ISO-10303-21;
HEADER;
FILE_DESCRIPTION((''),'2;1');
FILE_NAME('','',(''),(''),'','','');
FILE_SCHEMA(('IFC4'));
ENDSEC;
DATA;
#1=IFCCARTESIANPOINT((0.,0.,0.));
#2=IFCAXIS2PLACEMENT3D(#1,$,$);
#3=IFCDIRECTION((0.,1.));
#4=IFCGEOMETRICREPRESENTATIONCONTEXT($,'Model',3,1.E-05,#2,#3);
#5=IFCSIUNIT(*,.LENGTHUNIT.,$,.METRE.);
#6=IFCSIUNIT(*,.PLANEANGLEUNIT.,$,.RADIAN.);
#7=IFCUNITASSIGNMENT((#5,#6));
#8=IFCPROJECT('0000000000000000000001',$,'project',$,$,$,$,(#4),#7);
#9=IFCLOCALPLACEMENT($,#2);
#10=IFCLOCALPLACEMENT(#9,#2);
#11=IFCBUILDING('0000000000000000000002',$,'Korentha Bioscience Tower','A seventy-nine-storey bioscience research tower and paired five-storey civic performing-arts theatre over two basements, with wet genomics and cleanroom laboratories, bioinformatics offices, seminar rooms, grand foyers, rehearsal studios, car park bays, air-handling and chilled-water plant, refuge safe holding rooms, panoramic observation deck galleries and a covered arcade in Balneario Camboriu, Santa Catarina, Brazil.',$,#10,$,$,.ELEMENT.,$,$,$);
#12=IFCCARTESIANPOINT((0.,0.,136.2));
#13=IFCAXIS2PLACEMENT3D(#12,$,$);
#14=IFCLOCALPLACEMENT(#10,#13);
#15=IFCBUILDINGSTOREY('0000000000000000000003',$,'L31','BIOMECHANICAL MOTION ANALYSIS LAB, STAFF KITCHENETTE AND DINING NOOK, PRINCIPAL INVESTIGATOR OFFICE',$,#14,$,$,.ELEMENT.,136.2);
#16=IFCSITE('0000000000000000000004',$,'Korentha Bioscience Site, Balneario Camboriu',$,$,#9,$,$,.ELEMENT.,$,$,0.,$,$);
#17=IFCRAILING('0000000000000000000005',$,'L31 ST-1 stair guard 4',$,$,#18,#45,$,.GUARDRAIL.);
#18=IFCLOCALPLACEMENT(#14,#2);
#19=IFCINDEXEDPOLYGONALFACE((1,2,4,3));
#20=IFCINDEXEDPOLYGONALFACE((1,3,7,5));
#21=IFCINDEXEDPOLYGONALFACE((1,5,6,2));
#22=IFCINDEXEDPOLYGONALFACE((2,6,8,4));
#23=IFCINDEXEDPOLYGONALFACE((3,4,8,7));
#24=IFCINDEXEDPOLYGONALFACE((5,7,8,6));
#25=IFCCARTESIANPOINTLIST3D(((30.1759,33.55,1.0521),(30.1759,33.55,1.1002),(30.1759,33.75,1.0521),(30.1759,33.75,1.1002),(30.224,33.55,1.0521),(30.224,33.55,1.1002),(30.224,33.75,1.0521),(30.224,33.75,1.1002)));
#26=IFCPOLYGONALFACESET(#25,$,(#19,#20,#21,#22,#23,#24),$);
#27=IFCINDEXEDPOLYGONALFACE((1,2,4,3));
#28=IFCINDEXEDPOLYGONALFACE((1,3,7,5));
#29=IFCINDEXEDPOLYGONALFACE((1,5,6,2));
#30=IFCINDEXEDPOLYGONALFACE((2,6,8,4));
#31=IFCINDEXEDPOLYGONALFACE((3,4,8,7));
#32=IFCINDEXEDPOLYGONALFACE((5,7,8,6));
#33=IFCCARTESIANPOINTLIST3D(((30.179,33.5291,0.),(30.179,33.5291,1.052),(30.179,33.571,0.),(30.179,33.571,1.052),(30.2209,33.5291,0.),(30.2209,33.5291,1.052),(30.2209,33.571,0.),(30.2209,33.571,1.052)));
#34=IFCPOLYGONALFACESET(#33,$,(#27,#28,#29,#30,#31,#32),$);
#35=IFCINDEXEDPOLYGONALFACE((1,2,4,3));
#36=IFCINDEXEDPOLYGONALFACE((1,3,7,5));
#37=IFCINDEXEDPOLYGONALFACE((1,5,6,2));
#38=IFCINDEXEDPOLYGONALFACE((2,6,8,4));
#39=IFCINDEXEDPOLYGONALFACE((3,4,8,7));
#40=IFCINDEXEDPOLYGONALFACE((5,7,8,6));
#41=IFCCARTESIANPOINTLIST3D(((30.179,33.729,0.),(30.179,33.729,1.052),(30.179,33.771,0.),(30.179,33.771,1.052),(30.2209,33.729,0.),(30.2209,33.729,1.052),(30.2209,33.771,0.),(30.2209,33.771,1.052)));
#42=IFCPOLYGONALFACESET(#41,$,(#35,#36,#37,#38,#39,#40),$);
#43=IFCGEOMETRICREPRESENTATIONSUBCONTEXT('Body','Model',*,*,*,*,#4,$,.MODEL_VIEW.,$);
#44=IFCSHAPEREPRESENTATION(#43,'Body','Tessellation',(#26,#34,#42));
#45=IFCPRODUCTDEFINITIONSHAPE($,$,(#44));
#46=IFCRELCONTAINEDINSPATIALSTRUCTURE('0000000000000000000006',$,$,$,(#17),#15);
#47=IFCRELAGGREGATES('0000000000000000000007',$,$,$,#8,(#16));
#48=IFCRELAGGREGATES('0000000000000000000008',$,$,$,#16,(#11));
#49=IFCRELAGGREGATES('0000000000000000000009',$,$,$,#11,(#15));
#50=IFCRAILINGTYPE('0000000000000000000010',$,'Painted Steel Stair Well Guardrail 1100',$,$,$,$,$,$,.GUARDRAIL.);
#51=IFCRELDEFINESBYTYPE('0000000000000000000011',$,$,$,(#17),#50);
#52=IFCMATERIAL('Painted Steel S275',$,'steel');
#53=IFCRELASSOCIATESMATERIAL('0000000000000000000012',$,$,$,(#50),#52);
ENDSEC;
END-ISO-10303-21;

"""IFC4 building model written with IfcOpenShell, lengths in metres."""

from ifc_helpers import new_model, si_unit, direction, frame, origin, origin_2d, place, context, subcontext, project, spatial, rectangle, extrude, material, type_object, element, save


model = new_model("IFC4")

# Units and contexts
model_context = context("Model", 3, precision=1e-05, world=origin(), true_north=direction((0.0, 1.0)))
body_context = subcontext(model_context, "Body", "Model", "MODEL_VIEW")
ifc_project = project(units=[si_unit("LENGTHUNIT", "METRE"), si_unit("PLANEANGLEUNIT", "RADIAN")], contexts=[model_context])

# Site, building, storey
site_placement = place(None, origin())
site = spatial("IfcSite", under=ifc_project, at=site_placement, Name="Korentha Bioscience Site, Balneario Camboriu", CompositionType="ELEMENT", RefElevation=0.0)
building_placement = place(site_placement, origin())
building = spatial("IfcBuilding", under=site, at=building_placement, Name="Korentha Bioscience Tower", Description="A seventy-nine-storey bioscience research tower and paired five-storey civic performing-arts theatre over two basements, with wet genomics and cleanroom laboratories, bioinformatics offices, seminar rooms, grand foyers, rehearsal studios, car park bays, air-handling and chilled-water plant, refuge safe holding rooms, panoramic observation deck galleries and a covered arcade in Balneario Camboriu, Santa Catarina, Brazil.", CompositionType="ELEMENT")
storey_placement = place(building_placement, frame((0.0, 0.0, 136.2)))
storey = spatial("IfcBuildingStorey", under=building, at=storey_placement, Name="L31", Description="BIOMECHANICAL MOTION ANALYSIS LAB, STAFF KITCHENETTE AND DINING NOOK, PRINCIPAL INVESTIGATOR OFFICE", CompositionType="ELEMENT", Elevation=136.2)

# Railing
ifc_material_1 = material(Name="Painted Steel S275", Category="steel")
railing_type_1 = type_object("IfcRailingType", Name="Painted Steel Stair Well Guardrail 1100", PredefinedType="GUARDRAIL", material=ifc_material_1)
railing_1_placement = place(storey_placement, frame((30.2, 33.55, 0.0)))
element("IfcRailing", 1, at=railing_1_placement, inside=storey, type_object=railing_type_1, Name="L31 ST-1 stair guard 4", PredefinedType="GUARDRAIL", context=body_context, shape_type="SweptSolid", body=[
    extrude(rectangle(XDim=0.0481, YDim=0.0481, at=origin_2d()), frame((0.0, 0.0, 1.0762), z_axis=(0.0, 1.0, 0.0), x_axis=(-1.0, 0.0, 0.0)), (0.0, 0.0, 1.0), 0.2),
    extrude(rectangle(XDim=0.042, YDim=0.042, at=origin_2d()), origin(), (0.0, 0.0, 1.0), 1.052),
    extrude(rectangle(XDim=0.042, YDim=0.042, at=origin_2d()), frame((0.0, 0.2, 0.0)), (0.0, 0.0, 1.0), 1.052),
])

save(model, "model.ifc")
